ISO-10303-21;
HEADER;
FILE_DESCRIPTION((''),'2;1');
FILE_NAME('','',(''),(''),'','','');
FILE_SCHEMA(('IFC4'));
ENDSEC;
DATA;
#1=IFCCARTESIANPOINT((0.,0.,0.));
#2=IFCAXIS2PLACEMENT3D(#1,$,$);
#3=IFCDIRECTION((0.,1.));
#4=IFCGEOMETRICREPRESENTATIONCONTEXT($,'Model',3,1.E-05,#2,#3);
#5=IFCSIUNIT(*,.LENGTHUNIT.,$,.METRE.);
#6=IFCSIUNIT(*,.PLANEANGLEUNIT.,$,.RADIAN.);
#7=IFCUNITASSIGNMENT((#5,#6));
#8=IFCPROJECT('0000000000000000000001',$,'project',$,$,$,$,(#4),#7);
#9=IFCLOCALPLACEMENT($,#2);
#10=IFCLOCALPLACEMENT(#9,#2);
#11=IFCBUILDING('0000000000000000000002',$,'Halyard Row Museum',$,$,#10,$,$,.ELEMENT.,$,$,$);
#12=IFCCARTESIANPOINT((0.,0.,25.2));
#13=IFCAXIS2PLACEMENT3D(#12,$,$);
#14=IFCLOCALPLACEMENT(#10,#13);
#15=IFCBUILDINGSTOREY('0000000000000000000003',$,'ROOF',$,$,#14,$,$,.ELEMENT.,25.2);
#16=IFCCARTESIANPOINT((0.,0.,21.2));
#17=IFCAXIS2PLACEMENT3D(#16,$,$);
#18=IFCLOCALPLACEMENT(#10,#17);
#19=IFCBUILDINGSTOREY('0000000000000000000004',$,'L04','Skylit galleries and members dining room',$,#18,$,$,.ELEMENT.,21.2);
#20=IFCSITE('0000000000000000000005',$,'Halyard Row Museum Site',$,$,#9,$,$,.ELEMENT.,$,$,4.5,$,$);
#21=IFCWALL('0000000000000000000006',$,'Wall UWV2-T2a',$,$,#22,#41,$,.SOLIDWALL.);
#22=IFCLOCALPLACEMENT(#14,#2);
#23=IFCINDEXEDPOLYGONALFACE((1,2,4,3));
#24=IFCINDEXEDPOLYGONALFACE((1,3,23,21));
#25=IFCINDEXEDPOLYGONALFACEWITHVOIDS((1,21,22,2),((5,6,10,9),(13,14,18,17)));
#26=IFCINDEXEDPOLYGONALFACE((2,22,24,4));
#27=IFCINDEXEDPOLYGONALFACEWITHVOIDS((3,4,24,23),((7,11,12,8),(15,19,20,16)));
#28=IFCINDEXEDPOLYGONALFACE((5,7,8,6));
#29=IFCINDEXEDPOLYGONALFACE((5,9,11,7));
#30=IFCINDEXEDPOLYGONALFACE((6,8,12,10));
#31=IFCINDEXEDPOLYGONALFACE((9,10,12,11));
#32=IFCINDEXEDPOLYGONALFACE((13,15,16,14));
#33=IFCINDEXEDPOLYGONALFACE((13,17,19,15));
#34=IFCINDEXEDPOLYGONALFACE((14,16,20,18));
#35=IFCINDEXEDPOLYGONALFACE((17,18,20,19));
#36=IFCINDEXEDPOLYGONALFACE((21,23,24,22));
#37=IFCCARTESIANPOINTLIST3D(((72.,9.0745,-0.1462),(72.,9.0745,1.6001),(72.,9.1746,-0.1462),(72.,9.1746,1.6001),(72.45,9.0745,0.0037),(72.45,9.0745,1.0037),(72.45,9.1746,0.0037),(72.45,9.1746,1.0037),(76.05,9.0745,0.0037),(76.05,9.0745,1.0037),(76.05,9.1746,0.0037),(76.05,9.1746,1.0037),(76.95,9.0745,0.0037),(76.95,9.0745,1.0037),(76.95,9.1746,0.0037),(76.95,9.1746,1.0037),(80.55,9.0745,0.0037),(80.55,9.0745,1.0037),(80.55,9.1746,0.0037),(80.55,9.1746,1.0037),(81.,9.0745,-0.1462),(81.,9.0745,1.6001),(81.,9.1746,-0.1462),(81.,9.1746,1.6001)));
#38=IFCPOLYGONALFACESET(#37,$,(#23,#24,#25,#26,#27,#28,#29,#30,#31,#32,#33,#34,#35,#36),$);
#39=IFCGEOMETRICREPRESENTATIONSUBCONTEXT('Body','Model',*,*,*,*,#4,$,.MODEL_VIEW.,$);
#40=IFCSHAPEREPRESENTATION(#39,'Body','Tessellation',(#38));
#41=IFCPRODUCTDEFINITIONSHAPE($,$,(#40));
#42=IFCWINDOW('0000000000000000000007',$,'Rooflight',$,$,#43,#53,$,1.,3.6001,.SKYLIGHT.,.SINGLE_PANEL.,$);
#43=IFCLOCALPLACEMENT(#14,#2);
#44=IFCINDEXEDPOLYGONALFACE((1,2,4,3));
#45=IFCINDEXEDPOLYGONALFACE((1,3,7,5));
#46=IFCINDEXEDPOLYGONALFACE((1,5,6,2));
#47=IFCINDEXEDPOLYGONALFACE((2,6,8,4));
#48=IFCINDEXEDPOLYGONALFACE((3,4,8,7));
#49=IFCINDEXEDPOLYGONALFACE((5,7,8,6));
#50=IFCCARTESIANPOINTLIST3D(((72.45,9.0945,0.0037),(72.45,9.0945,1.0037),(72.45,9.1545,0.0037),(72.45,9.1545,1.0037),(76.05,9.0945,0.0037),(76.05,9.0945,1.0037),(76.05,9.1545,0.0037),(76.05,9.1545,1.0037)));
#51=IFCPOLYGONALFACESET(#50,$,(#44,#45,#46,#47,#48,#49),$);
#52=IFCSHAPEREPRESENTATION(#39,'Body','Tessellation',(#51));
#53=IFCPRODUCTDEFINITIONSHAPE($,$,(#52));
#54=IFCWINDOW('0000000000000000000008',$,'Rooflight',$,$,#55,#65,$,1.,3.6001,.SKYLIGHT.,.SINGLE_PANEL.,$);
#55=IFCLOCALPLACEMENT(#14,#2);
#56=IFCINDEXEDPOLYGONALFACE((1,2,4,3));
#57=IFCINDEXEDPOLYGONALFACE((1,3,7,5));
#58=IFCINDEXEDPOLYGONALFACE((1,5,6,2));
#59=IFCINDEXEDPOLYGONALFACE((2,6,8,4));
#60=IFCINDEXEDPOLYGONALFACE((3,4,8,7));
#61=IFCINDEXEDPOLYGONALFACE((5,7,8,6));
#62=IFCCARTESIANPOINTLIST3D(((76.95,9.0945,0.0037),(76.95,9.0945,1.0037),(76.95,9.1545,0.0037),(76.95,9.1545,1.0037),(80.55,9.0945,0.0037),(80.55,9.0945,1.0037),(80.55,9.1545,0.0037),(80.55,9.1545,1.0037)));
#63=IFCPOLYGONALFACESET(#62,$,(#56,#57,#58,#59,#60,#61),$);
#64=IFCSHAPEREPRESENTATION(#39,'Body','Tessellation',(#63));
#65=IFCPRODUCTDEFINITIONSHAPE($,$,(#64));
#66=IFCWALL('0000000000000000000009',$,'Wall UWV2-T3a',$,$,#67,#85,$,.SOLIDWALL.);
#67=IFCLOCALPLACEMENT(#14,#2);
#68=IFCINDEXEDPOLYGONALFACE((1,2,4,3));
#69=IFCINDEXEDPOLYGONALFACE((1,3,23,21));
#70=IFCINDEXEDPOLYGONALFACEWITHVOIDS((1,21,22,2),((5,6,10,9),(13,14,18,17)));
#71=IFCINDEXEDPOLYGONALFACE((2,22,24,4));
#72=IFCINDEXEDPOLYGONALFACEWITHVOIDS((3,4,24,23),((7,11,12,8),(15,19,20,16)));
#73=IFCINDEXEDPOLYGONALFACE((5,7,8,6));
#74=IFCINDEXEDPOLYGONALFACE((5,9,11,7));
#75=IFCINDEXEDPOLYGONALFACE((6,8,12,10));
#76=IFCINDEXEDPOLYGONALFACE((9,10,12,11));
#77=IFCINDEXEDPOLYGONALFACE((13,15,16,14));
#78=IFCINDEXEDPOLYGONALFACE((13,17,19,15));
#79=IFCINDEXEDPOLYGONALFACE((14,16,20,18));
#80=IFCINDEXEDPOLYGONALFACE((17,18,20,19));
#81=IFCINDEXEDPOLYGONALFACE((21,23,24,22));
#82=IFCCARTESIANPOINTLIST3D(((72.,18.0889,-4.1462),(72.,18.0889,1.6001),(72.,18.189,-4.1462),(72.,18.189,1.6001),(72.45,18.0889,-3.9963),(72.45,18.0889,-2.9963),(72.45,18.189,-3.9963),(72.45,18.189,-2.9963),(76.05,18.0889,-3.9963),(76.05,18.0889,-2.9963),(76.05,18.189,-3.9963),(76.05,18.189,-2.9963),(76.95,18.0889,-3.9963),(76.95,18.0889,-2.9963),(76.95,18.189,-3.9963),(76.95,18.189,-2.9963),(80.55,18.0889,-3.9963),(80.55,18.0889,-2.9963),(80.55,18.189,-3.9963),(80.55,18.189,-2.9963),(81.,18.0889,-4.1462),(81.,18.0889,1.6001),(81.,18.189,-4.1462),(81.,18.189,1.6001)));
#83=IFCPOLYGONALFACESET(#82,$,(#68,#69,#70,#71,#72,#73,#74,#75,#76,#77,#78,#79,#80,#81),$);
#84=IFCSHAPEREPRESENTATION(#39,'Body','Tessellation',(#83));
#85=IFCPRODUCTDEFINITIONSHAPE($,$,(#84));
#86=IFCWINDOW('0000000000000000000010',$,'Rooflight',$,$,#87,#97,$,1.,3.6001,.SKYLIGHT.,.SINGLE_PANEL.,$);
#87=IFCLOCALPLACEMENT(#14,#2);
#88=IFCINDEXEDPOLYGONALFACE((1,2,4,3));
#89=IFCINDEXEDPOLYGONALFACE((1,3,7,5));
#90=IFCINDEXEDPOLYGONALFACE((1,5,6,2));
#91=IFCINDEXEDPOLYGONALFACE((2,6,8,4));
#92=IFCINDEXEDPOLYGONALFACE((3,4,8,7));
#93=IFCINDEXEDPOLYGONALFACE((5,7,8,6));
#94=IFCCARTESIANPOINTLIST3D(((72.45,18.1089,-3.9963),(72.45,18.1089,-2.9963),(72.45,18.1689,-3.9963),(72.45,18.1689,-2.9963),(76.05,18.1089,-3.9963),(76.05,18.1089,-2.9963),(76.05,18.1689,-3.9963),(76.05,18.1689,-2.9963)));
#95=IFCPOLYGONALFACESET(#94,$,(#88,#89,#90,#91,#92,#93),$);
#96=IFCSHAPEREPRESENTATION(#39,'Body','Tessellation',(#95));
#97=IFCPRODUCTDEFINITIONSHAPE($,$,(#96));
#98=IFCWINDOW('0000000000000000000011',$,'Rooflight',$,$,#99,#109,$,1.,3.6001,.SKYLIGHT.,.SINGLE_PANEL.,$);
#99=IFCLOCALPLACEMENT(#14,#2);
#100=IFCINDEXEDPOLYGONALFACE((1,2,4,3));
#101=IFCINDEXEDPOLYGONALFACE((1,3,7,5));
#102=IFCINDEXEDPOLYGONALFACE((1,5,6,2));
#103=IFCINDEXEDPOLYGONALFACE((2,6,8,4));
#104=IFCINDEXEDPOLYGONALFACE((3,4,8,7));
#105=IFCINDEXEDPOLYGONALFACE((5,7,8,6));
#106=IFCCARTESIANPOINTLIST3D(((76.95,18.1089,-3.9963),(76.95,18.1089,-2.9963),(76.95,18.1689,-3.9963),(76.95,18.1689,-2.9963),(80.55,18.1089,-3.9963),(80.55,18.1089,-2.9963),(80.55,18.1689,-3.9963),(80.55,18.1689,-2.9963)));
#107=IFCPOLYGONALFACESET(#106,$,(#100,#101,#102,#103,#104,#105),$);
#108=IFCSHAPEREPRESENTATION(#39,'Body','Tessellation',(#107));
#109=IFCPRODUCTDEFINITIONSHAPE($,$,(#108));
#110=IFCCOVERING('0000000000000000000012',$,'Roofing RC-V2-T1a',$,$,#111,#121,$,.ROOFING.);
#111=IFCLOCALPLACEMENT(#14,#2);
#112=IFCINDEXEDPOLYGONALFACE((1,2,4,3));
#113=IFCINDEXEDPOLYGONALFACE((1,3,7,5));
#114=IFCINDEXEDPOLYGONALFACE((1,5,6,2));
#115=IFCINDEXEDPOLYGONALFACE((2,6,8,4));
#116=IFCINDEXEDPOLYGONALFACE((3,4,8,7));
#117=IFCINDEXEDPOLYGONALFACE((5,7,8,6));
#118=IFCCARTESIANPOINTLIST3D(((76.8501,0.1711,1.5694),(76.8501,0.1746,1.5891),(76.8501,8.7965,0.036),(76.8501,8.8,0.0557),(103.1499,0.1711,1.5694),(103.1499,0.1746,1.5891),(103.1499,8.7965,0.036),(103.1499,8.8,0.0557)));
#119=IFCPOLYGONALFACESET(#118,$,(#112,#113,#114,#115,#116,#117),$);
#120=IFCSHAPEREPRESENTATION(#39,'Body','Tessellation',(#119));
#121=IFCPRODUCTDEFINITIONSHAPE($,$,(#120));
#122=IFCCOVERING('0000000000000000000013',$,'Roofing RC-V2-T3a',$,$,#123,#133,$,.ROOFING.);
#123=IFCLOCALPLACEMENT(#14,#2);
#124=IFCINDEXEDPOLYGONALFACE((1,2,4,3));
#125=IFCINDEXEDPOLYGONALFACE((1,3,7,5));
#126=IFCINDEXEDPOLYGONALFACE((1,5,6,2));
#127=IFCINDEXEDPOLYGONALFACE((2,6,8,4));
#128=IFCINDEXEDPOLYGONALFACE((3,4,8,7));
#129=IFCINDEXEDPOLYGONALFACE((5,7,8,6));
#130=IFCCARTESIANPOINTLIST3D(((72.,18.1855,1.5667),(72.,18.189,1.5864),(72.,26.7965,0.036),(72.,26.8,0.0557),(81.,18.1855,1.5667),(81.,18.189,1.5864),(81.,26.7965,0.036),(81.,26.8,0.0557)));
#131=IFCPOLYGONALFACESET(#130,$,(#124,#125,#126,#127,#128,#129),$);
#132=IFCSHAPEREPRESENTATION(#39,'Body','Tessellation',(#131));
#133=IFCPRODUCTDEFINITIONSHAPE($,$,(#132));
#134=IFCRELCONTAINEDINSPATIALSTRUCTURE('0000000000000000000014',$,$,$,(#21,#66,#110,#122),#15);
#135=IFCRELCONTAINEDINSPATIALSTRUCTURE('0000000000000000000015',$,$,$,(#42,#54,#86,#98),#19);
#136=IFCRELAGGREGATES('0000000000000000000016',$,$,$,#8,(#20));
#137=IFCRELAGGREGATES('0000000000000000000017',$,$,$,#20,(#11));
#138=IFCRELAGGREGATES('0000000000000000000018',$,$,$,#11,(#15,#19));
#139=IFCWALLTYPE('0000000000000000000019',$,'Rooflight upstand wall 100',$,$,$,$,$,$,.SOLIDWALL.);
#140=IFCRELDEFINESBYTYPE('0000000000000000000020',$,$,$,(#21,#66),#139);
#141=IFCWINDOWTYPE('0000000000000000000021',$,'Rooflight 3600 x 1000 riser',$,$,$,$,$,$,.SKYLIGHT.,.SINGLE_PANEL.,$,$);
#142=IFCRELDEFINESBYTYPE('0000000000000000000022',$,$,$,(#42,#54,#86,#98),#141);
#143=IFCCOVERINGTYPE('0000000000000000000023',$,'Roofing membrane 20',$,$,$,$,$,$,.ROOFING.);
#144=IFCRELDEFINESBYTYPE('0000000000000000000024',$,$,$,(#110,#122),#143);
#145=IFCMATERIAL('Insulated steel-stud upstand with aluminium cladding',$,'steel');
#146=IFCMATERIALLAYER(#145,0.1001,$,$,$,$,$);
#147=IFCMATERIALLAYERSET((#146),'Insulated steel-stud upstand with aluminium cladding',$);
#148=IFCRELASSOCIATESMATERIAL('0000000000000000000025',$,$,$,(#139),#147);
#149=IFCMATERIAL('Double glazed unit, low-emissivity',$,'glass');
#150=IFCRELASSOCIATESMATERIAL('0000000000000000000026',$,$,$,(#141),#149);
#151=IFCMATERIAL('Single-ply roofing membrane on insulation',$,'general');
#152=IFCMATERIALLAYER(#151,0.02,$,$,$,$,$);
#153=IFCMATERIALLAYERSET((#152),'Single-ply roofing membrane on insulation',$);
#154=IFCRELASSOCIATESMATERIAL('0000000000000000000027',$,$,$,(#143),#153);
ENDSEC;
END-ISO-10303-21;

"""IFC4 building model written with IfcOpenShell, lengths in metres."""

from ifc_helpers import new_model, si_unit, direction, frame, frame_2d, origin, place, context, subcontext, project, spatial, polyline, rectangle, outline, extrude, material, layer, layer_set, type_object, element, fill, save


model = new_model("IFC4")

# Units and contexts
model_context = context("Model", 3, precision=1e-05, world=origin(), true_north=direction((0.0, 1.0)))
body_context = subcontext(model_context, "Body", "Model", "MODEL_VIEW")
ifc_project = project(units=[si_unit("LENGTHUNIT", "METRE"), si_unit("PLANEANGLEUNIT", "RADIAN")], contexts=[model_context])

# Site, building, storey
site_placement = place(None, origin())
site = spatial("IfcSite", under=ifc_project, at=site_placement, Name="Halyard Row Museum Site", CompositionType="ELEMENT", RefElevation=4.5)
building_placement = place(site_placement, origin())
building = spatial("IfcBuilding", under=site, at=building_placement, Name="Halyard Row Museum", CompositionType="ELEMENT")
storey_1_placement = place(building_placement, frame((0.0, 0.0, 25.2)))
storey_1 = spatial("IfcBuildingStorey", under=building, at=storey_1_placement, Name="ROOF", CompositionType="ELEMENT", Elevation=25.2)

# Shared definitions
ifc_material_1 = material(Name="Insulated steel-stud upstand with aluminium cladding", Category="steel")
ifc_layer_1 = layer(ifc_material_1, 0.1001)
ifc_layer_set_1 = layer_set([ifc_layer_1], Name="Insulated steel-stud upstand with aluminium cladding")
wall_type_1 = type_object("IfcWallType", Name="Rooflight upstand wall 100", PredefinedType="SOLIDWALL", material=ifc_layer_set_1)

# Shared definitions
storey_2_placement = place(building_placement, frame((0.0, 0.0, 21.2)))
storey_2 = spatial("IfcBuildingStorey", under=building, at=storey_2_placement, Name="L04", Description="Skylit galleries and members dining room", CompositionType="ELEMENT", Elevation=21.2)

# Shared definitions
ifc_material_2 = material(Name="Double glazed unit, low-emissivity", Category="glass")
window_type = type_object("IfcWindowType", Name="Rooflight 3600 x 1000 riser", PartitioningType="SINGLE_PANEL", PredefinedType="SKYLIGHT", material=ifc_material_2)

# Walls, openings, windows
wall_1_placement = place(storey_1_placement, frame((72.0, 9.1245, -0.1462), z_axis=(0.0, 0.0, 1.0), x_axis=(1.0, 0.0, 0.0)))
wall_1 = element("IfcWall", 1, at=wall_1_placement, inside=storey_1, type_object=wall_type_1, Name="Wall UWV2-T2a", PredefinedType="SOLIDWALL", context=body_context, shape_type="SweptSolid", body=[
    extrude(rectangle(XDim=9.0, YDim=0.1001, at=frame_2d((4.5, 0.0))), origin(), (0.0, 0.0, 1.0), 1.7463),
])
opening_1_placement = place(wall_1_placement, frame((0.45, 0.0, 0.1499)))
opening_1 = element("IfcOpeningElement", 2, at=opening_1_placement, cuts=wall_1, PredefinedType="OPENING", context=body_context, shape_type="SweptSolid", body=[
    extrude(rectangle(XDim=3.6001, YDim=1.0, at=frame_2d((1.8, 0.5))), frame((0.0, 0.0601, 0.0), z_axis=(0.0, -1.0, 0.0), x_axis=(1.0, 0.0, 0.0)), (0.0, 0.0, 1.0), 0.1201),
])
opening_2_placement = place(wall_1_placement, frame((4.95, 0.0, 0.1499)))
opening_2 = element("IfcOpeningElement", 3, at=opening_2_placement, cuts=wall_1, PredefinedType="OPENING", context=body_context, shape_type="SweptSolid", body=[
    extrude(rectangle(XDim=3.6001, YDim=1.0, at=frame_2d((1.8, 0.5))), frame((0.0, 0.0601, 0.0), z_axis=(0.0, -1.0, 0.0), x_axis=(1.0, 0.0, 0.0)), (0.0, 0.0, 1.0), 0.1201),
])
window_1_placement = place(opening_1_placement, origin())
window_1 = element("IfcWindow", 4, at=window_1_placement, inside=storey_2, type_object=window_type, Name="Rooflight", OverallHeight=1.0, OverallWidth=3.6001, PartitioningType="SINGLE_PANEL", PredefinedType="SKYLIGHT", context=body_context, shape_type="SweptSolid", body=[
    extrude(rectangle(XDim=3.6001, YDim=1.0, at=frame_2d((1.8, 0.5))), frame((0.0, 0.03, 0.0), z_axis=(0.0, -1.0, 0.0), x_axis=(1.0, 0.0, 0.0)), (0.0, 0.0, 1.0), 0.0601),
])
fill(opening_1, window_1)
window_2_placement = place(opening_2_placement, origin())
window_2 = element("IfcWindow", 5, at=window_2_placement, inside=storey_2, type_object=window_type, Name="Rooflight", OverallHeight=1.0, OverallWidth=3.6001, PartitioningType="SINGLE_PANEL", PredefinedType="SKYLIGHT", context=body_context, shape_type="SweptSolid", body=[
    extrude(rectangle(XDim=3.6001, YDim=1.0, at=frame_2d((1.8, 0.5))), frame((0.0, 0.03, 0.0), z_axis=(0.0, -1.0, 0.0), x_axis=(1.0, 0.0, 0.0)), (0.0, 0.0, 1.0), 0.0601),
])
fill(opening_2, window_2)
wall_2_placement = place(storey_1_placement, frame((72.0, 18.1389, -4.1462), z_axis=(0.0, 0.0, 1.0), x_axis=(1.0, 0.0, 0.0)))
wall_2 = element("IfcWall", 6, at=wall_2_placement, inside=storey_1, type_object=wall_type_1, Name="Wall UWV2-T3a", PredefinedType="SOLIDWALL", context=body_context, shape_type="SweptSolid", body=[
    extrude(rectangle(XDim=9.0, YDim=0.1001, at=frame_2d((4.5, 0.0))), origin(), (0.0, 0.0, 1.0), 5.7463),
])
opening_3_placement = place(wall_2_placement, frame((0.45, 0.0, 0.1499)))
opening_3 = element("IfcOpeningElement", 7, at=opening_3_placement, cuts=wall_2, PredefinedType="OPENING", context=body_context, shape_type="SweptSolid", body=[
    extrude(rectangle(XDim=3.6001, YDim=1.0, at=frame_2d((1.8, 0.5))), frame((0.0, 0.0601, 0.0), z_axis=(0.0, -1.0, 0.0), x_axis=(1.0, 0.0, 0.0)), (0.0, 0.0, 1.0), 0.1201),
])
opening_4_placement = place(wall_2_placement, frame((4.95, 0.0, 0.1499)))
opening_4 = element("IfcOpeningElement", 8, at=opening_4_placement, cuts=wall_2, PredefinedType="OPENING", context=body_context, shape_type="SweptSolid", body=[
    extrude(rectangle(XDim=3.6001, YDim=1.0, at=frame_2d((1.8, 0.5))), frame((0.0, 0.0601, 0.0), z_axis=(0.0, -1.0, 0.0), x_axis=(1.0, 0.0, 0.0)), (0.0, 0.0, 1.0), 0.1201),
])
window_3_placement = place(opening_3_placement, origin())
window_3 = element("IfcWindow", 9, at=window_3_placement, inside=storey_2, type_object=window_type, Name="Rooflight", OverallHeight=1.0, OverallWidth=3.6001, PartitioningType="SINGLE_PANEL", PredefinedType="SKYLIGHT", context=body_context, shape_type="SweptSolid", body=[
    extrude(rectangle(XDim=3.6001, YDim=1.0, at=frame_2d((1.8, 0.5))), frame((0.0, 0.03, 0.0), z_axis=(0.0, -1.0, 0.0), x_axis=(1.0, 0.0, 0.0)), (0.0, 0.0, 1.0), 0.0601),
])
fill(opening_3, window_3)
window_4_placement = place(opening_4_placement, origin())
window_4 = element("IfcWindow", 10, at=window_4_placement, inside=storey_2, type_object=window_type, Name="Rooflight", OverallHeight=1.0, OverallWidth=3.6001, PartitioningType="SINGLE_PANEL", PredefinedType="SKYLIGHT", context=body_context, shape_type="SweptSolid", body=[
    extrude(rectangle(XDim=3.6001, YDim=1.0, at=frame_2d((1.8, 0.5))), frame((0.0, 0.03, 0.0), z_axis=(0.0, -1.0, 0.0), x_axis=(1.0, 0.0, 0.0)), (0.0, 0.0, 1.0), 0.0601),
])
fill(opening_4, window_4)

# Coverings
ifc_material_3 = material(Name="Single-ply roofing membrane on insulation", Category="general")
ifc_layer_2 = layer(ifc_material_3, 0.02)
ifc_layer_set_2 = layer_set([ifc_layer_2], Name="Single-ply roofing membrane on insulation")
covering_type = type_object("IfcCoveringType", Name="Roofing membrane 20", PredefinedType="ROOFING", material=ifc_layer_set_2)
covering_1_placement = place(storey_1_placement, frame((76.8501, 0.1746, 1.5891), z_axis=(0.0, 0.175036, 0.984562), x_axis=(1.0, 0.0, 0.0)))
element("IfcCovering", 11, at=covering_1_placement, inside=storey_1, type_object=covering_type, Name="Roofing RC-V2-T1a", PredefinedType="ROOFING", context=body_context, shape_type="SweptSolid", body=[
    extrude(outline(polyline([(0.0, 0.0), (26.2998, 0.0), (26.2998, 8.7607), (0.0, 8.7607), (0.0, 0.0)])), origin(), (0.0, 0.0, -1.0), 0.02),
])
covering_2_placement = place(storey_1_placement, frame((72.0, 18.189, 1.5864), z_axis=(0.0, 0.175023, 0.984564), x_axis=(1.0, 0.0, 0.0)))
element("IfcCovering", 12, at=covering_2_placement, inside=storey_1, type_object=covering_type, Name="Roofing RC-V2-T3a", PredefinedType="ROOFING", context=body_context, shape_type="SweptSolid", body=[
    extrude(outline(polyline([(0.0, 0.0), (9.0, 0.0), (9.0, 8.7461), (0.0, 8.7461), (0.0, 0.0)])), origin(), (0.0, 0.0, -1.0), 0.02),
])

save(model, "model.ifc")
